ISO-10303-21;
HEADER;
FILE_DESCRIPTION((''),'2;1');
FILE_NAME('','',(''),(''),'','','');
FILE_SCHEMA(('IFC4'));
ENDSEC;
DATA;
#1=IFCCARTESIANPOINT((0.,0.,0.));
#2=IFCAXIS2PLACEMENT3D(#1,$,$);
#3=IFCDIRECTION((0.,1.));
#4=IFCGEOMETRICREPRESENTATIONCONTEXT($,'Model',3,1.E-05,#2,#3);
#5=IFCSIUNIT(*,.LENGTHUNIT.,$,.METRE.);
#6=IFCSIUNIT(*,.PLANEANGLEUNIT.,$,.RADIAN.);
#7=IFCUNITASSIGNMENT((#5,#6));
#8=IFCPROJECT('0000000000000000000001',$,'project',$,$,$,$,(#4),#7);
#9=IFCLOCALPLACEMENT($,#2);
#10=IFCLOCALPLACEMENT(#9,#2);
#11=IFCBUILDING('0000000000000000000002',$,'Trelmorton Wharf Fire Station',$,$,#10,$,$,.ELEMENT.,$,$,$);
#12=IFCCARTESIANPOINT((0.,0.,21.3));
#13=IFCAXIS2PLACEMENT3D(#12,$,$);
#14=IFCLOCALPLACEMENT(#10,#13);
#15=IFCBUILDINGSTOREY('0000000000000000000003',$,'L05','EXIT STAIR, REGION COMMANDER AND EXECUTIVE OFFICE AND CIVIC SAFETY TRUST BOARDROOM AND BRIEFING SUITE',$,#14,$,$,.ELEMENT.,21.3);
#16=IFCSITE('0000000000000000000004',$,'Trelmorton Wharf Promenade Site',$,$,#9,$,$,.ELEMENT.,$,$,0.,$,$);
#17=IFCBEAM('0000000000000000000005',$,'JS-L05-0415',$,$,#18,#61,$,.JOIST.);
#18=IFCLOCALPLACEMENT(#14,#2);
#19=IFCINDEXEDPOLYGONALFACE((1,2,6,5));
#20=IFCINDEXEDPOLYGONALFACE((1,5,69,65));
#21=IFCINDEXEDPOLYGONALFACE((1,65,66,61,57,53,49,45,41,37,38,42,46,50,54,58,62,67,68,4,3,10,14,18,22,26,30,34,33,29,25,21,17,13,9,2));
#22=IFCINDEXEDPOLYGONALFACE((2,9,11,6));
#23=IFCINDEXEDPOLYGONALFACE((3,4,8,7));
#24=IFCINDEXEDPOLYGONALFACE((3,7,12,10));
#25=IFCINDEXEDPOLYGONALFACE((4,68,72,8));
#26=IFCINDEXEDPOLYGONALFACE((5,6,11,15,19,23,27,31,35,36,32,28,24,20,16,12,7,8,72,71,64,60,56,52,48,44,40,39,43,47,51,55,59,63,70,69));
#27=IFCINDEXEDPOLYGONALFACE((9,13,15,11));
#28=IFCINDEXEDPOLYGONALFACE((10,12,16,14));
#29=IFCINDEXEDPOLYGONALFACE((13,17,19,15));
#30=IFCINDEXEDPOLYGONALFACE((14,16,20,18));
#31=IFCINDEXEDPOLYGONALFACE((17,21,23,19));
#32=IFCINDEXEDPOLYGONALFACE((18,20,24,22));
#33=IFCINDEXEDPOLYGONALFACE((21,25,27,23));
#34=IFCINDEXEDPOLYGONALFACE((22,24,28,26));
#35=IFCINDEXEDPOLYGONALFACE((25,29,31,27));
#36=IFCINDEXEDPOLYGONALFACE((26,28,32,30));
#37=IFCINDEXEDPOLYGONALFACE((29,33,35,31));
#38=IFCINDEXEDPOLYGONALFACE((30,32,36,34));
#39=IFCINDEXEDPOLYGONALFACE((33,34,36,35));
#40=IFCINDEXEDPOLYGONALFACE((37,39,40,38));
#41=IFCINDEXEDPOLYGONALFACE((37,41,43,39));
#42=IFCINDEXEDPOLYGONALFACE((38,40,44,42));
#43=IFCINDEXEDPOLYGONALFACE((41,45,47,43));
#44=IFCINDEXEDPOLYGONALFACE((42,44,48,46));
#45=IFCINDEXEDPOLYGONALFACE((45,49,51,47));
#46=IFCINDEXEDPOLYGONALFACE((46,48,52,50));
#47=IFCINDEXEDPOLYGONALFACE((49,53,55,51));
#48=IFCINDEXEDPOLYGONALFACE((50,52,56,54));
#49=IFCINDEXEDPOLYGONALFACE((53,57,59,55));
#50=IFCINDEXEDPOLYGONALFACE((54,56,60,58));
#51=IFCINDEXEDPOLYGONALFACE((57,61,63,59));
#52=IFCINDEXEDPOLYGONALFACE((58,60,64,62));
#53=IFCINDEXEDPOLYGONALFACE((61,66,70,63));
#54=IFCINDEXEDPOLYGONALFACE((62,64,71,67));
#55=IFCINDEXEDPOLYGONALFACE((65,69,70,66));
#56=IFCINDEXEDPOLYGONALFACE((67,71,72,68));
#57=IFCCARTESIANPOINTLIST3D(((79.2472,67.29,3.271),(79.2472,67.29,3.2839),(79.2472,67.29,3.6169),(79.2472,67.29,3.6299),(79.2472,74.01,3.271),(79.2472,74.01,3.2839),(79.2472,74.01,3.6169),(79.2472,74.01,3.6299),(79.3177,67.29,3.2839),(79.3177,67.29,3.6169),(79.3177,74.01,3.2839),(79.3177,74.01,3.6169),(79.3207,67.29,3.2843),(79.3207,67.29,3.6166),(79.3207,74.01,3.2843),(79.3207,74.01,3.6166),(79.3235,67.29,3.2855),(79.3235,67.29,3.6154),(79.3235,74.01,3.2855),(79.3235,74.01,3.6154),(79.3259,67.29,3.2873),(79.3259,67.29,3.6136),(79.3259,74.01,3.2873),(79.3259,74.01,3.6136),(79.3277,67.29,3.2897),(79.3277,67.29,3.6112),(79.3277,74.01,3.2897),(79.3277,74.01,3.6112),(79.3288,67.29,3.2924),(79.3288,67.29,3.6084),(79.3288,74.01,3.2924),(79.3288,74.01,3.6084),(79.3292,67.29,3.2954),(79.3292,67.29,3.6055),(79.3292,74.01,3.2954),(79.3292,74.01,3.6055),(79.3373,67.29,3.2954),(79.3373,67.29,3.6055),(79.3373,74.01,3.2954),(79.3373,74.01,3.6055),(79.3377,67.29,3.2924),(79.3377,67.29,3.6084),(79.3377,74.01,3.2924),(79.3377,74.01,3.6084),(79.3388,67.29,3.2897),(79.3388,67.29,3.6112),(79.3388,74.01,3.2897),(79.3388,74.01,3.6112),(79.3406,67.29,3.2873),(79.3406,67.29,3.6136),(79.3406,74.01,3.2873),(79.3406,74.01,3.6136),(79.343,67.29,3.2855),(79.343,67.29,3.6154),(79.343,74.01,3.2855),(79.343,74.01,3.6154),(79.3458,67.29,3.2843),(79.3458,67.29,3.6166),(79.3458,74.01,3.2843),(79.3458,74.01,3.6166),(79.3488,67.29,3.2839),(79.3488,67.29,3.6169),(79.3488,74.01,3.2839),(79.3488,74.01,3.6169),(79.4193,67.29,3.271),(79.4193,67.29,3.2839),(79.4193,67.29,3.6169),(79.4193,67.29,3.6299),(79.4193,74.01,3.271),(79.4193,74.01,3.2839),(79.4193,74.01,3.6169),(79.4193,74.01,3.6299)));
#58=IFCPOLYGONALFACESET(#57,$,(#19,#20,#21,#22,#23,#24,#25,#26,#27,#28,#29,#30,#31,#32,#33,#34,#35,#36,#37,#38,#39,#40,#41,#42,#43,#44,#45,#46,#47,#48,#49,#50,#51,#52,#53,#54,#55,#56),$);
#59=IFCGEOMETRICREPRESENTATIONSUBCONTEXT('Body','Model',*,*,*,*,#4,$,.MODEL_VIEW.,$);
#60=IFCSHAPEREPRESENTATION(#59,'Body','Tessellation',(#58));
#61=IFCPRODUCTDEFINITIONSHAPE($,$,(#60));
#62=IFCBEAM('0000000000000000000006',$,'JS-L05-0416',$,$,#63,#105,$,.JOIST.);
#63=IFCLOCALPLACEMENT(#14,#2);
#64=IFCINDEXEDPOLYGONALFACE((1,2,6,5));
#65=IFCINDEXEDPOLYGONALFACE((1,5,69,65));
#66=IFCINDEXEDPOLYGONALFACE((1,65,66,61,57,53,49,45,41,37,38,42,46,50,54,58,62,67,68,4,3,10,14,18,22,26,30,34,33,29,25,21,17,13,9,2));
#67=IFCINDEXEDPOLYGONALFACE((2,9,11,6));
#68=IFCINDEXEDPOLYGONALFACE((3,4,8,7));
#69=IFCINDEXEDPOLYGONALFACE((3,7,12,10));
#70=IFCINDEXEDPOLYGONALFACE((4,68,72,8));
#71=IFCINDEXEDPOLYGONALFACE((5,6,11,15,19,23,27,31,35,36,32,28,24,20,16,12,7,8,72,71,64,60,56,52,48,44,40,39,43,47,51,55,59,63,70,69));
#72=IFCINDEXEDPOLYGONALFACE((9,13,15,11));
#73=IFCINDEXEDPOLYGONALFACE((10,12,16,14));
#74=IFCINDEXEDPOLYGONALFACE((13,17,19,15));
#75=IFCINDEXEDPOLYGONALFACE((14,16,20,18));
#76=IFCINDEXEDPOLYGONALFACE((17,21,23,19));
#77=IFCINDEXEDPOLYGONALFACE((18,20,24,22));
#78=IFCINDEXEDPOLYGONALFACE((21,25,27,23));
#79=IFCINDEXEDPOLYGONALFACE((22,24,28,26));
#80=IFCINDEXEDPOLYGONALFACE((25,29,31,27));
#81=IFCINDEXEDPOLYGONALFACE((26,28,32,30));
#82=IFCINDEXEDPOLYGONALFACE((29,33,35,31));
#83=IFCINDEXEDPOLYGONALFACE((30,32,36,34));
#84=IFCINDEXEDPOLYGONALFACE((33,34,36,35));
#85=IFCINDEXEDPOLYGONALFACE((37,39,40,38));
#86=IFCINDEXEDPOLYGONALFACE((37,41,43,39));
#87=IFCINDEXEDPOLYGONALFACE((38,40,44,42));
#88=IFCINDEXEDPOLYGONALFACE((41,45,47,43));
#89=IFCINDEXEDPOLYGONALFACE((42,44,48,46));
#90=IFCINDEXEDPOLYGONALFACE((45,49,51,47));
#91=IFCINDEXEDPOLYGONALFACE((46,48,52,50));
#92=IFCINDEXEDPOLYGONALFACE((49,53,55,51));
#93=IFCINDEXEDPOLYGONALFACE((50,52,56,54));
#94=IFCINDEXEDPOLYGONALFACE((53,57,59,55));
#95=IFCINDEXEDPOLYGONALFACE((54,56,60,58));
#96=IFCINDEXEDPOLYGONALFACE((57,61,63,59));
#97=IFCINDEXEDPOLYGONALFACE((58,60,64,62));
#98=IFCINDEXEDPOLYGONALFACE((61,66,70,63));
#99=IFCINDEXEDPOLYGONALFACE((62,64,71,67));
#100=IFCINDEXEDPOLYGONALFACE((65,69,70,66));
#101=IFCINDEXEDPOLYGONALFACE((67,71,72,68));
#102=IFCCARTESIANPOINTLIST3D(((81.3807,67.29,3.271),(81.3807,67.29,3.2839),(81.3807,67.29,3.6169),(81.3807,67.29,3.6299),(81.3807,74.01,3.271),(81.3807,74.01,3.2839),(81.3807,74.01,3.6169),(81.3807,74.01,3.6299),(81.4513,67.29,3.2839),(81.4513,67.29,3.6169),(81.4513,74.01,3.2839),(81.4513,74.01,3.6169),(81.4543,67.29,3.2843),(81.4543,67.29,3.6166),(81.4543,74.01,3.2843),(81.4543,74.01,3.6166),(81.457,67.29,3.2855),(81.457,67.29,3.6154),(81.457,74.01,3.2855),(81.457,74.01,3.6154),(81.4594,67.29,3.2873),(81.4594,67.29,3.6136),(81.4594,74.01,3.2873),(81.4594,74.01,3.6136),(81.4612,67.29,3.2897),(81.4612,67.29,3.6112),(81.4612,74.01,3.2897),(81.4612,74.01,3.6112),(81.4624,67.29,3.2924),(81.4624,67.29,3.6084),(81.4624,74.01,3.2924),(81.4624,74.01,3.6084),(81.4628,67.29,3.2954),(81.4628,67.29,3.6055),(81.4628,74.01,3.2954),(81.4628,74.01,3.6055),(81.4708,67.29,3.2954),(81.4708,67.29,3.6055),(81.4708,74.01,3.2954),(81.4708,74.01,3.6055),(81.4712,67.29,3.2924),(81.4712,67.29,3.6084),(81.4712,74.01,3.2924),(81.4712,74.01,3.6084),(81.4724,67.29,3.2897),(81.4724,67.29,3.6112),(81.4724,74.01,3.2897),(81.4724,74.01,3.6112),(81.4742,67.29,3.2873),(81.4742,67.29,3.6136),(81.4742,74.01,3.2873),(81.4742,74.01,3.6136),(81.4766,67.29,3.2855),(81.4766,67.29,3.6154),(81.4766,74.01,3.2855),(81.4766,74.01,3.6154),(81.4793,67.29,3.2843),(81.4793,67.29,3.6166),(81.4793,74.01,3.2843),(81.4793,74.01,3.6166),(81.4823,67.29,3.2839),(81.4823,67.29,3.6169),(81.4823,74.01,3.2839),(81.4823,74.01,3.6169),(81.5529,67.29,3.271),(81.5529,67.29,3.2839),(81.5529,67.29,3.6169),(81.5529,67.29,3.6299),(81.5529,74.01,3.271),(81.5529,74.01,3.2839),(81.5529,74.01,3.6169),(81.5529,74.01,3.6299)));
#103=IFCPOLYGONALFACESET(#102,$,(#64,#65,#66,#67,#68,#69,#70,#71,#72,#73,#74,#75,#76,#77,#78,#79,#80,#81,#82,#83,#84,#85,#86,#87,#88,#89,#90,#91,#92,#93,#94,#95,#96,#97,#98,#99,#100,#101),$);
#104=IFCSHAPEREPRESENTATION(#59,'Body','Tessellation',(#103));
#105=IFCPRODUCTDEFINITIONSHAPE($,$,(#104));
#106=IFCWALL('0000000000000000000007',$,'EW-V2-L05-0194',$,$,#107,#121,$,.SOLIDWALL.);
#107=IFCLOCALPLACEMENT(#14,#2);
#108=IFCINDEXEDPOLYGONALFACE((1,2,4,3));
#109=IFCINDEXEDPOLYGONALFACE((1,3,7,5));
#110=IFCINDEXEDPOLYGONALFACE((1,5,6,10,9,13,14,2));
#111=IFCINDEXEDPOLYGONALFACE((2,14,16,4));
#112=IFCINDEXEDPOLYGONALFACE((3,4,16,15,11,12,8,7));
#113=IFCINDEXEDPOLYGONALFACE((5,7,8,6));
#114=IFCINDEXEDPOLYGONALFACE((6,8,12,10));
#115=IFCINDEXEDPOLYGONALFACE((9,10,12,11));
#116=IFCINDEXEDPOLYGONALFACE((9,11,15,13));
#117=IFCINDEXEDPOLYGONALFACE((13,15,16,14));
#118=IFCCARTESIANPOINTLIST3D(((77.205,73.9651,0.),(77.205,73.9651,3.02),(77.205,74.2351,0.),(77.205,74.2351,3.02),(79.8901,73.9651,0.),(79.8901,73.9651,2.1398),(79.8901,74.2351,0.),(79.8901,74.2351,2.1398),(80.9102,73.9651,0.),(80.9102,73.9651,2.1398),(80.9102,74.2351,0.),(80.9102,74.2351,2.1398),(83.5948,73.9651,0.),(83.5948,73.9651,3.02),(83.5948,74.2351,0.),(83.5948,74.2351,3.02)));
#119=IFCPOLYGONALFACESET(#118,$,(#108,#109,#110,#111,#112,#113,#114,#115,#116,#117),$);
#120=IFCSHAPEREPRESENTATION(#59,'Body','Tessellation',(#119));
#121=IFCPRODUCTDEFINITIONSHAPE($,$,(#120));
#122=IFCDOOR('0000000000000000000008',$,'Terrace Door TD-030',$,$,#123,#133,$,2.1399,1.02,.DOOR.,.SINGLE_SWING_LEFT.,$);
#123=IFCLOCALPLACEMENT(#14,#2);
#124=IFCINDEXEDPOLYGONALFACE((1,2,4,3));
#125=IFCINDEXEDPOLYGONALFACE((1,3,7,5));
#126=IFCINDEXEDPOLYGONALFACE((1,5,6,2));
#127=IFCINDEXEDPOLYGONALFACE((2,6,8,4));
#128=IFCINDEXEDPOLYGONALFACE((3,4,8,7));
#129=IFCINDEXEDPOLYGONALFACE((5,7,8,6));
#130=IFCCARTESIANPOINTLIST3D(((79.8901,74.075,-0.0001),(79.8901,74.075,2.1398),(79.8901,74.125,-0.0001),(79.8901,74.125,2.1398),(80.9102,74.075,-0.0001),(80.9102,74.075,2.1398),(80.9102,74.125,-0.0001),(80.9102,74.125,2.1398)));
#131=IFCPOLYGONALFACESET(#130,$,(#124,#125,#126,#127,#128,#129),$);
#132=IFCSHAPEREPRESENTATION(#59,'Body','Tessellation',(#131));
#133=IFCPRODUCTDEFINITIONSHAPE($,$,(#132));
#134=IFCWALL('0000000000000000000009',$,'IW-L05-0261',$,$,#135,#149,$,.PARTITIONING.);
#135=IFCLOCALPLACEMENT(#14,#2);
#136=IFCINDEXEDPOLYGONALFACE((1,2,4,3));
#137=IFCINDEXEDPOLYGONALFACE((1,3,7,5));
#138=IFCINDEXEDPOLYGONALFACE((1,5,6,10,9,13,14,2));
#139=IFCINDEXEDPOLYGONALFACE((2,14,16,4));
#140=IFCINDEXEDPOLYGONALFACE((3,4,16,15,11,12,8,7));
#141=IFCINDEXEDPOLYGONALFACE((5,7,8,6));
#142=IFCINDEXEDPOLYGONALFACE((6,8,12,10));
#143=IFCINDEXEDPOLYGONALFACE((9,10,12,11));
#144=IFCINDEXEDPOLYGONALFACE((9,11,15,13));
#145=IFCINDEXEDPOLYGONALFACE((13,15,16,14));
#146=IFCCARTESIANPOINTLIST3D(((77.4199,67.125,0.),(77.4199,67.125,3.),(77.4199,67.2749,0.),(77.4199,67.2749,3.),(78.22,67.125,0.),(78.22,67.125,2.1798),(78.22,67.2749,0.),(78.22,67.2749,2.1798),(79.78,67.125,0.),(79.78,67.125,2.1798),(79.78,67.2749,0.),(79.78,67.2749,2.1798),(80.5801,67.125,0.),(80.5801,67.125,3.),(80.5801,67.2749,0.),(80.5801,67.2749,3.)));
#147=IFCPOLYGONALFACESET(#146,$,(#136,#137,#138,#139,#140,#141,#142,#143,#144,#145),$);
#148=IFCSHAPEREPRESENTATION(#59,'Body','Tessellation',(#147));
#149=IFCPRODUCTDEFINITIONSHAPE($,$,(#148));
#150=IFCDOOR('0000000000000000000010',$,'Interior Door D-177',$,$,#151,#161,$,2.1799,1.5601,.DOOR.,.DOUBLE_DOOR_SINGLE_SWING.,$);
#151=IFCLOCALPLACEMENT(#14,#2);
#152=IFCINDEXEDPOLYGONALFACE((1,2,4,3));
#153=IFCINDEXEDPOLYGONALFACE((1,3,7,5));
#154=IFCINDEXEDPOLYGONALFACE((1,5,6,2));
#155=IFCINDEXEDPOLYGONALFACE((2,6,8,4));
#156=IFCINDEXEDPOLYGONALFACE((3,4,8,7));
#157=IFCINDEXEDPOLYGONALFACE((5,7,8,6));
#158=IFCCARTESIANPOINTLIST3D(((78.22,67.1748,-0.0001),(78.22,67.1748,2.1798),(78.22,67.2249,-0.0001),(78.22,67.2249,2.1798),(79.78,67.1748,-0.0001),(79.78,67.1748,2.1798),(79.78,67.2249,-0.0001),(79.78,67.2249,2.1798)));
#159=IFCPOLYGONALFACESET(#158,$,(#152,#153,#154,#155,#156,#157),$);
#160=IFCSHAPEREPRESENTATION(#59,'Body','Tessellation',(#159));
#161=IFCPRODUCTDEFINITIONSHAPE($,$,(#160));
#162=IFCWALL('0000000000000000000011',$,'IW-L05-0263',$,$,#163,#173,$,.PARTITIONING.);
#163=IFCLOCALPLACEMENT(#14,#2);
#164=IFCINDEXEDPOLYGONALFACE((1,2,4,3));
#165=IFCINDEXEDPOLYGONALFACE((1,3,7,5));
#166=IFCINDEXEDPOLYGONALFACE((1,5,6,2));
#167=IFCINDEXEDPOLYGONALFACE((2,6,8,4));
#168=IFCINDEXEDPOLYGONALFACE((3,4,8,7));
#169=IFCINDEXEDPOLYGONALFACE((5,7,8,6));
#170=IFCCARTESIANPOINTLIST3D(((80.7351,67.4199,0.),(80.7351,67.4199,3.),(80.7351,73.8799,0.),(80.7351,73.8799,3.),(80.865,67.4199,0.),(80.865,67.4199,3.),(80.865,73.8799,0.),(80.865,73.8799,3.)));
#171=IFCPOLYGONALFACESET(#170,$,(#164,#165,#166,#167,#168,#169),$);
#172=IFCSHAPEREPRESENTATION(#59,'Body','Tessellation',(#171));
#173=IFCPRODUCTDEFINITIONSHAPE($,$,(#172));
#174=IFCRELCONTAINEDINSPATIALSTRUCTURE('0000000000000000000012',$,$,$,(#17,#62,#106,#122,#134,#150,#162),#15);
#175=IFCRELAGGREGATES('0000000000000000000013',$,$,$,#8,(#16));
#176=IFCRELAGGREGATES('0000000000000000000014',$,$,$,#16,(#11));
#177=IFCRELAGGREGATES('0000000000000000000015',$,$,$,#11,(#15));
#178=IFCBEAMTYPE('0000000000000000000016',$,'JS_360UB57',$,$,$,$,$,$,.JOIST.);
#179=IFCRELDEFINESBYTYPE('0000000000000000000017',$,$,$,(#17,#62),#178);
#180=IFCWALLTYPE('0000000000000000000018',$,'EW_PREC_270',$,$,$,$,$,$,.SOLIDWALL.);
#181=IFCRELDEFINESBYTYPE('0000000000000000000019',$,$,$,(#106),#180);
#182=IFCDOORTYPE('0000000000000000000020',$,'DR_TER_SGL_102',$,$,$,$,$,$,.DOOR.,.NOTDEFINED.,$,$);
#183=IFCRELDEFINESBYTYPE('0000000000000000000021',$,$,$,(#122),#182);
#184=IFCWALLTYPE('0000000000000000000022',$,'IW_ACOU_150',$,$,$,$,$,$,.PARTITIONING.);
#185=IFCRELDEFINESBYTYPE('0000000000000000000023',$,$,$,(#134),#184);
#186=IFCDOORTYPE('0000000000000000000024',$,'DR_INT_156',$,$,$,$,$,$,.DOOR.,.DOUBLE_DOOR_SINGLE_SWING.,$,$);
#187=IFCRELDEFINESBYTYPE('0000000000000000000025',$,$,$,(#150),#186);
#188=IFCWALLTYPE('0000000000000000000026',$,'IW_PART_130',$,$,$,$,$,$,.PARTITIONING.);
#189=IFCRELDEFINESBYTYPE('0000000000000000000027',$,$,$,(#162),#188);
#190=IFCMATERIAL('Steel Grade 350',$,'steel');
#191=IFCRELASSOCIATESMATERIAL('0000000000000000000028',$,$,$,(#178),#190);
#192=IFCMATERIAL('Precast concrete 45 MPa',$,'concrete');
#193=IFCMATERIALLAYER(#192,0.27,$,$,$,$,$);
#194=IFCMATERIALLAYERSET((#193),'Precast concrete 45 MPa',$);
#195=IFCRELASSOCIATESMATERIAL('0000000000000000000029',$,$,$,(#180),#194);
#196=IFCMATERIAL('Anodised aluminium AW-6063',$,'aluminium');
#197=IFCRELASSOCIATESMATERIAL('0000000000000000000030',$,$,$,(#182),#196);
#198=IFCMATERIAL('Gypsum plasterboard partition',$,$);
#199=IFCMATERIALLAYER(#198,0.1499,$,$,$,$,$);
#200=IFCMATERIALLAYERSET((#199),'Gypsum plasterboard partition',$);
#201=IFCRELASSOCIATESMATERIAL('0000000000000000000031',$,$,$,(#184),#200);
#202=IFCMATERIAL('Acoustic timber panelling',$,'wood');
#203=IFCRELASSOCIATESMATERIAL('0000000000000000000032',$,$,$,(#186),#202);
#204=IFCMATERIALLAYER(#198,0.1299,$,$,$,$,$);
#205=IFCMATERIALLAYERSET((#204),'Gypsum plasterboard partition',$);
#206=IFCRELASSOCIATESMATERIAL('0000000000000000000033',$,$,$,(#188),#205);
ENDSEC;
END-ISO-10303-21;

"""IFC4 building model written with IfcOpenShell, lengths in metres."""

from ifc_helpers import new_model, si_unit, direction, frame, frame_2d, origin, origin_2d, place, context, subcontext, project, spatial, rectangle, i_section, extrude, material, layer, layer_set, material_profile, profile_set, type_object, element, fill, save


model = new_model("IFC4")

# Units and contexts
model_context = context("Model", 3, precision=1e-05, world=origin(), true_north=direction((0.0, 1.0)))
body_context = subcontext(model_context, "Body", "Model", "MODEL_VIEW")
ifc_project = project(units=[si_unit("LENGTHUNIT", "METRE"), si_unit("PLANEANGLEUNIT", "RADIAN")], contexts=[model_context])

# Site, building, storey
site_placement = place(None, origin())
site = spatial("IfcSite", under=ifc_project, at=site_placement, Name="Trelmorton Wharf Promenade Site", CompositionType="ELEMENT", RefElevation=0.0)
building_placement = place(site_placement, origin())
building = spatial("IfcBuilding", under=site, at=building_placement, Name="Trelmorton Wharf Fire Station", CompositionType="ELEMENT")
storey_placement = place(building_placement, frame((0.0, 0.0, 21.3)))
storey = spatial("IfcBuildingStorey", under=building, at=storey_placement, Name="L05", Description="EXIT STAIR, REGION COMMANDER AND EXECUTIVE OFFICE AND CIVIC SAFETY TRUST BOARDROOM AND BRIEFING SUITE", CompositionType="ELEMENT", Elevation=21.3)

# Shared definitions
ifc_material_1 = material(Name="Steel Grade 350", Category="steel")

# Beams
ifc_material_profile_1 = material_profile(ifc_material_1, i_section(OverallWidth=0.1721, OverallDepth=0.3589, WebThickness=0.0081, FlangeThickness=0.0129, FilletRadius=0.0115, at=origin_2d()), Name="360UB56.7")
ifc_profile_set_1 = profile_set([ifc_material_profile_1], Name="Steel Grade 350")
beam_type_1 = type_object("IfcBeamType", Name="JS_360UB57", PredefinedType="JOIST", material=ifc_profile_set_1)
for number, where, z_axis, x_axis, name in (
    (1, (79.3333, 67.29, 3.4504), (0.0, 1.0, 0.0), (-1.0, 0.0, 0.0), "JS-L05-0415"),
    (2, (81.4668, 67.29, 3.4504), (0.0, 1.0, 0.0), (-1.0, 0.0, 0.0), "JS-L05-0416"),
):
    element("IfcBeam", number, at=place(storey_placement, frame(where, z_axis=z_axis, x_axis=x_axis)), inside=storey, type_object=beam_type_1, Name=name, PredefinedType="JOIST", context=body_context, shape_type="SweptSolid", body=[
        extrude(i_section(OverallWidth=0.1721, OverallDepth=0.3589, WebThickness=0.0081, FlangeThickness=0.0129, FilletRadius=0.0115, at=origin_2d()), origin(), (0.0, 0.0, 1.0), 6.72),
    ])

# Walls, openings, doors
ifc_material_2 = material(Name="Precast concrete 45 MPa", Category="concrete")
ifc_layer_1 = layer(ifc_material_2, 0.27)
ifc_layer_set_1 = layer_set([ifc_layer_1], Name="Precast concrete 45 MPa")
wall_type_1 = type_object("IfcWallType", Name="EW_PREC_270", PredefinedType="SOLIDWALL", material=ifc_layer_set_1)
wall_1_placement = place(storey_placement, frame((77.2051, 74.1001, 0.0), z_axis=(0.0, 0.0, 1.0), x_axis=(1.0, 0.0, 0.0)))
wall_1 = element("IfcWall", 3, at=wall_1_placement, inside=storey, type_object=wall_type_1, Name="EW-V2-L05-0194", PredefinedType="SOLIDWALL", context=body_context, shape_type="SweptSolid", body=[
    extrude(rectangle(XDim=6.3899, YDim=0.27, at=frame_2d((3.1948, 0.0))), origin(), (0.0, 0.0, 1.0), 3.02),
])
opening_1_placement = place(wall_1_placement, frame((2.6851, 0.0, 0.0)))
opening_1 = element("IfcOpeningElement", 4, at=opening_1_placement, cuts=wall_1, PredefinedType="OPENING", context=body_context, shape_type="SweptSolid", body=[
    extrude(rectangle(XDim=1.02, YDim=2.1399, at=frame_2d((0.51, 1.0698))), frame((0.0, 0.145, 0.0), z_axis=(0.0, -1.0, 0.0), x_axis=(1.0, 0.0, 0.0)), (0.0, 0.0, 1.0), 0.29),
])
ifc_material_3 = material(Name="Anodised aluminium AW-6063", Category="aluminium")
door_type_1 = type_object("IfcDoorType", Name="DR_TER_SGL_102", OperationType="NOTDEFINED", PredefinedType="DOOR", material=ifc_material_3)
door_1_placement = place(opening_1_placement, origin())
door_1 = element("IfcDoor", 5, at=door_1_placement, inside=storey, type_object=door_type_1, Name="Terrace Door TD-030", OperationType="SINGLE_SWING_LEFT", OverallHeight=2.1399, OverallWidth=1.02, PredefinedType="DOOR", context=body_context, shape_type="SweptSolid", body=[
    extrude(rectangle(XDim=1.02, YDim=2.1399, at=frame_2d((0.51, 1.0698))), frame((0.0, 0.0249, 0.0), z_axis=(0.0, -1.0, 0.0), x_axis=(1.0, 0.0, 0.0)), (0.0, 0.0, 1.0), 0.05),
])
fill(opening_1, door_1)
ifc_material_4 = material(Name="Gypsum plasterboard partition")
ifc_layer_2 = layer(ifc_material_4, 0.1499)
ifc_layer_set_2 = layer_set([ifc_layer_2], Name="Gypsum plasterboard partition")
wall_type_2 = type_object("IfcWallType", Name="IW_ACOU_150", PredefinedType="PARTITIONING", material=ifc_layer_set_2)
wall_2_placement = place(storey_placement, frame((77.4199, 67.2, 0.0), z_axis=(0.0, 0.0, 1.0), x_axis=(1.0, 0.0, 0.0)))
wall_2 = element("IfcWall", 6, at=wall_2_placement, inside=storey, type_object=wall_type_2, Name="IW-L05-0261", PredefinedType="PARTITIONING", context=body_context, shape_type="SweptSolid", body=[
    extrude(rectangle(XDim=3.1602, YDim=0.1499, at=frame_2d((1.5801, 0.0))), origin(), (0.0, 0.0, 1.0), 3.0),
])
opening_2_placement = place(wall_2_placement, frame((0.8, 0.0, 0.0)))
opening_2 = element("IfcOpeningElement", 7, at=opening_2_placement, cuts=wall_2, PredefinedType="OPENING", context=body_context, shape_type="SweptSolid", body=[
    extrude(rectangle(XDim=1.5601, YDim=2.1799, at=frame_2d((0.78, 1.0898))), frame((0.0, 0.085, 0.0), z_axis=(0.0, -1.0, 0.0), x_axis=(1.0, 0.0, 0.0)), (0.0, 0.0, 1.0), 0.1699),
])
ifc_material_5 = material(Name="Acoustic timber panelling", Category="wood")
door_type_2 = type_object("IfcDoorType", Name="DR_INT_156", OperationType="DOUBLE_DOOR_SINGLE_SWING", PredefinedType="DOOR", material=ifc_material_5)
door_2_placement = place(opening_2_placement, origin())
door_2 = element("IfcDoor", 8, at=door_2_placement, inside=storey, type_object=door_type_2, Name="Interior Door D-177", OperationType="DOUBLE_DOOR_SINGLE_SWING", OverallHeight=2.1799, OverallWidth=1.5601, PredefinedType="DOOR", context=body_context, shape_type="SweptSolid", body=[
    extrude(rectangle(XDim=1.5601, YDim=2.1799, at=frame_2d((0.78, 1.0898))), frame((0.0, 0.0249, 0.0), z_axis=(0.0, -1.0, 0.0), x_axis=(1.0, 0.0, 0.0)), (0.0, 0.0, 1.0), 0.05),
])
fill(opening_2, door_2)

# Wall
ifc_layer_3 = layer(ifc_material_4, 0.1299)
ifc_layer_set_3 = layer_set([ifc_layer_3], Name="Gypsum plasterboard partition")
wall_type_3 = type_object("IfcWallType", Name="IW_PART_130", PredefinedType="PARTITIONING", material=ifc_layer_set_3)
wall_3_placement = place(storey_placement, frame((80.8, 67.4199, 0.0), z_axis=(0.0, 0.0, 1.0), x_axis=(0.0, 1.0, 0.0)))
element("IfcWall", 9, at=wall_3_placement, inside=storey, type_object=wall_type_3, Name="IW-L05-0263", PredefinedType="PARTITIONING", context=body_context, shape_type="SweptSolid", body=[
    extrude(rectangle(XDim=6.46, YDim=0.1299, at=frame_2d((3.23, 0.0))), origin(), (0.0, 0.0, 1.0), 3.0),
])

save(model, "model.ifc")
